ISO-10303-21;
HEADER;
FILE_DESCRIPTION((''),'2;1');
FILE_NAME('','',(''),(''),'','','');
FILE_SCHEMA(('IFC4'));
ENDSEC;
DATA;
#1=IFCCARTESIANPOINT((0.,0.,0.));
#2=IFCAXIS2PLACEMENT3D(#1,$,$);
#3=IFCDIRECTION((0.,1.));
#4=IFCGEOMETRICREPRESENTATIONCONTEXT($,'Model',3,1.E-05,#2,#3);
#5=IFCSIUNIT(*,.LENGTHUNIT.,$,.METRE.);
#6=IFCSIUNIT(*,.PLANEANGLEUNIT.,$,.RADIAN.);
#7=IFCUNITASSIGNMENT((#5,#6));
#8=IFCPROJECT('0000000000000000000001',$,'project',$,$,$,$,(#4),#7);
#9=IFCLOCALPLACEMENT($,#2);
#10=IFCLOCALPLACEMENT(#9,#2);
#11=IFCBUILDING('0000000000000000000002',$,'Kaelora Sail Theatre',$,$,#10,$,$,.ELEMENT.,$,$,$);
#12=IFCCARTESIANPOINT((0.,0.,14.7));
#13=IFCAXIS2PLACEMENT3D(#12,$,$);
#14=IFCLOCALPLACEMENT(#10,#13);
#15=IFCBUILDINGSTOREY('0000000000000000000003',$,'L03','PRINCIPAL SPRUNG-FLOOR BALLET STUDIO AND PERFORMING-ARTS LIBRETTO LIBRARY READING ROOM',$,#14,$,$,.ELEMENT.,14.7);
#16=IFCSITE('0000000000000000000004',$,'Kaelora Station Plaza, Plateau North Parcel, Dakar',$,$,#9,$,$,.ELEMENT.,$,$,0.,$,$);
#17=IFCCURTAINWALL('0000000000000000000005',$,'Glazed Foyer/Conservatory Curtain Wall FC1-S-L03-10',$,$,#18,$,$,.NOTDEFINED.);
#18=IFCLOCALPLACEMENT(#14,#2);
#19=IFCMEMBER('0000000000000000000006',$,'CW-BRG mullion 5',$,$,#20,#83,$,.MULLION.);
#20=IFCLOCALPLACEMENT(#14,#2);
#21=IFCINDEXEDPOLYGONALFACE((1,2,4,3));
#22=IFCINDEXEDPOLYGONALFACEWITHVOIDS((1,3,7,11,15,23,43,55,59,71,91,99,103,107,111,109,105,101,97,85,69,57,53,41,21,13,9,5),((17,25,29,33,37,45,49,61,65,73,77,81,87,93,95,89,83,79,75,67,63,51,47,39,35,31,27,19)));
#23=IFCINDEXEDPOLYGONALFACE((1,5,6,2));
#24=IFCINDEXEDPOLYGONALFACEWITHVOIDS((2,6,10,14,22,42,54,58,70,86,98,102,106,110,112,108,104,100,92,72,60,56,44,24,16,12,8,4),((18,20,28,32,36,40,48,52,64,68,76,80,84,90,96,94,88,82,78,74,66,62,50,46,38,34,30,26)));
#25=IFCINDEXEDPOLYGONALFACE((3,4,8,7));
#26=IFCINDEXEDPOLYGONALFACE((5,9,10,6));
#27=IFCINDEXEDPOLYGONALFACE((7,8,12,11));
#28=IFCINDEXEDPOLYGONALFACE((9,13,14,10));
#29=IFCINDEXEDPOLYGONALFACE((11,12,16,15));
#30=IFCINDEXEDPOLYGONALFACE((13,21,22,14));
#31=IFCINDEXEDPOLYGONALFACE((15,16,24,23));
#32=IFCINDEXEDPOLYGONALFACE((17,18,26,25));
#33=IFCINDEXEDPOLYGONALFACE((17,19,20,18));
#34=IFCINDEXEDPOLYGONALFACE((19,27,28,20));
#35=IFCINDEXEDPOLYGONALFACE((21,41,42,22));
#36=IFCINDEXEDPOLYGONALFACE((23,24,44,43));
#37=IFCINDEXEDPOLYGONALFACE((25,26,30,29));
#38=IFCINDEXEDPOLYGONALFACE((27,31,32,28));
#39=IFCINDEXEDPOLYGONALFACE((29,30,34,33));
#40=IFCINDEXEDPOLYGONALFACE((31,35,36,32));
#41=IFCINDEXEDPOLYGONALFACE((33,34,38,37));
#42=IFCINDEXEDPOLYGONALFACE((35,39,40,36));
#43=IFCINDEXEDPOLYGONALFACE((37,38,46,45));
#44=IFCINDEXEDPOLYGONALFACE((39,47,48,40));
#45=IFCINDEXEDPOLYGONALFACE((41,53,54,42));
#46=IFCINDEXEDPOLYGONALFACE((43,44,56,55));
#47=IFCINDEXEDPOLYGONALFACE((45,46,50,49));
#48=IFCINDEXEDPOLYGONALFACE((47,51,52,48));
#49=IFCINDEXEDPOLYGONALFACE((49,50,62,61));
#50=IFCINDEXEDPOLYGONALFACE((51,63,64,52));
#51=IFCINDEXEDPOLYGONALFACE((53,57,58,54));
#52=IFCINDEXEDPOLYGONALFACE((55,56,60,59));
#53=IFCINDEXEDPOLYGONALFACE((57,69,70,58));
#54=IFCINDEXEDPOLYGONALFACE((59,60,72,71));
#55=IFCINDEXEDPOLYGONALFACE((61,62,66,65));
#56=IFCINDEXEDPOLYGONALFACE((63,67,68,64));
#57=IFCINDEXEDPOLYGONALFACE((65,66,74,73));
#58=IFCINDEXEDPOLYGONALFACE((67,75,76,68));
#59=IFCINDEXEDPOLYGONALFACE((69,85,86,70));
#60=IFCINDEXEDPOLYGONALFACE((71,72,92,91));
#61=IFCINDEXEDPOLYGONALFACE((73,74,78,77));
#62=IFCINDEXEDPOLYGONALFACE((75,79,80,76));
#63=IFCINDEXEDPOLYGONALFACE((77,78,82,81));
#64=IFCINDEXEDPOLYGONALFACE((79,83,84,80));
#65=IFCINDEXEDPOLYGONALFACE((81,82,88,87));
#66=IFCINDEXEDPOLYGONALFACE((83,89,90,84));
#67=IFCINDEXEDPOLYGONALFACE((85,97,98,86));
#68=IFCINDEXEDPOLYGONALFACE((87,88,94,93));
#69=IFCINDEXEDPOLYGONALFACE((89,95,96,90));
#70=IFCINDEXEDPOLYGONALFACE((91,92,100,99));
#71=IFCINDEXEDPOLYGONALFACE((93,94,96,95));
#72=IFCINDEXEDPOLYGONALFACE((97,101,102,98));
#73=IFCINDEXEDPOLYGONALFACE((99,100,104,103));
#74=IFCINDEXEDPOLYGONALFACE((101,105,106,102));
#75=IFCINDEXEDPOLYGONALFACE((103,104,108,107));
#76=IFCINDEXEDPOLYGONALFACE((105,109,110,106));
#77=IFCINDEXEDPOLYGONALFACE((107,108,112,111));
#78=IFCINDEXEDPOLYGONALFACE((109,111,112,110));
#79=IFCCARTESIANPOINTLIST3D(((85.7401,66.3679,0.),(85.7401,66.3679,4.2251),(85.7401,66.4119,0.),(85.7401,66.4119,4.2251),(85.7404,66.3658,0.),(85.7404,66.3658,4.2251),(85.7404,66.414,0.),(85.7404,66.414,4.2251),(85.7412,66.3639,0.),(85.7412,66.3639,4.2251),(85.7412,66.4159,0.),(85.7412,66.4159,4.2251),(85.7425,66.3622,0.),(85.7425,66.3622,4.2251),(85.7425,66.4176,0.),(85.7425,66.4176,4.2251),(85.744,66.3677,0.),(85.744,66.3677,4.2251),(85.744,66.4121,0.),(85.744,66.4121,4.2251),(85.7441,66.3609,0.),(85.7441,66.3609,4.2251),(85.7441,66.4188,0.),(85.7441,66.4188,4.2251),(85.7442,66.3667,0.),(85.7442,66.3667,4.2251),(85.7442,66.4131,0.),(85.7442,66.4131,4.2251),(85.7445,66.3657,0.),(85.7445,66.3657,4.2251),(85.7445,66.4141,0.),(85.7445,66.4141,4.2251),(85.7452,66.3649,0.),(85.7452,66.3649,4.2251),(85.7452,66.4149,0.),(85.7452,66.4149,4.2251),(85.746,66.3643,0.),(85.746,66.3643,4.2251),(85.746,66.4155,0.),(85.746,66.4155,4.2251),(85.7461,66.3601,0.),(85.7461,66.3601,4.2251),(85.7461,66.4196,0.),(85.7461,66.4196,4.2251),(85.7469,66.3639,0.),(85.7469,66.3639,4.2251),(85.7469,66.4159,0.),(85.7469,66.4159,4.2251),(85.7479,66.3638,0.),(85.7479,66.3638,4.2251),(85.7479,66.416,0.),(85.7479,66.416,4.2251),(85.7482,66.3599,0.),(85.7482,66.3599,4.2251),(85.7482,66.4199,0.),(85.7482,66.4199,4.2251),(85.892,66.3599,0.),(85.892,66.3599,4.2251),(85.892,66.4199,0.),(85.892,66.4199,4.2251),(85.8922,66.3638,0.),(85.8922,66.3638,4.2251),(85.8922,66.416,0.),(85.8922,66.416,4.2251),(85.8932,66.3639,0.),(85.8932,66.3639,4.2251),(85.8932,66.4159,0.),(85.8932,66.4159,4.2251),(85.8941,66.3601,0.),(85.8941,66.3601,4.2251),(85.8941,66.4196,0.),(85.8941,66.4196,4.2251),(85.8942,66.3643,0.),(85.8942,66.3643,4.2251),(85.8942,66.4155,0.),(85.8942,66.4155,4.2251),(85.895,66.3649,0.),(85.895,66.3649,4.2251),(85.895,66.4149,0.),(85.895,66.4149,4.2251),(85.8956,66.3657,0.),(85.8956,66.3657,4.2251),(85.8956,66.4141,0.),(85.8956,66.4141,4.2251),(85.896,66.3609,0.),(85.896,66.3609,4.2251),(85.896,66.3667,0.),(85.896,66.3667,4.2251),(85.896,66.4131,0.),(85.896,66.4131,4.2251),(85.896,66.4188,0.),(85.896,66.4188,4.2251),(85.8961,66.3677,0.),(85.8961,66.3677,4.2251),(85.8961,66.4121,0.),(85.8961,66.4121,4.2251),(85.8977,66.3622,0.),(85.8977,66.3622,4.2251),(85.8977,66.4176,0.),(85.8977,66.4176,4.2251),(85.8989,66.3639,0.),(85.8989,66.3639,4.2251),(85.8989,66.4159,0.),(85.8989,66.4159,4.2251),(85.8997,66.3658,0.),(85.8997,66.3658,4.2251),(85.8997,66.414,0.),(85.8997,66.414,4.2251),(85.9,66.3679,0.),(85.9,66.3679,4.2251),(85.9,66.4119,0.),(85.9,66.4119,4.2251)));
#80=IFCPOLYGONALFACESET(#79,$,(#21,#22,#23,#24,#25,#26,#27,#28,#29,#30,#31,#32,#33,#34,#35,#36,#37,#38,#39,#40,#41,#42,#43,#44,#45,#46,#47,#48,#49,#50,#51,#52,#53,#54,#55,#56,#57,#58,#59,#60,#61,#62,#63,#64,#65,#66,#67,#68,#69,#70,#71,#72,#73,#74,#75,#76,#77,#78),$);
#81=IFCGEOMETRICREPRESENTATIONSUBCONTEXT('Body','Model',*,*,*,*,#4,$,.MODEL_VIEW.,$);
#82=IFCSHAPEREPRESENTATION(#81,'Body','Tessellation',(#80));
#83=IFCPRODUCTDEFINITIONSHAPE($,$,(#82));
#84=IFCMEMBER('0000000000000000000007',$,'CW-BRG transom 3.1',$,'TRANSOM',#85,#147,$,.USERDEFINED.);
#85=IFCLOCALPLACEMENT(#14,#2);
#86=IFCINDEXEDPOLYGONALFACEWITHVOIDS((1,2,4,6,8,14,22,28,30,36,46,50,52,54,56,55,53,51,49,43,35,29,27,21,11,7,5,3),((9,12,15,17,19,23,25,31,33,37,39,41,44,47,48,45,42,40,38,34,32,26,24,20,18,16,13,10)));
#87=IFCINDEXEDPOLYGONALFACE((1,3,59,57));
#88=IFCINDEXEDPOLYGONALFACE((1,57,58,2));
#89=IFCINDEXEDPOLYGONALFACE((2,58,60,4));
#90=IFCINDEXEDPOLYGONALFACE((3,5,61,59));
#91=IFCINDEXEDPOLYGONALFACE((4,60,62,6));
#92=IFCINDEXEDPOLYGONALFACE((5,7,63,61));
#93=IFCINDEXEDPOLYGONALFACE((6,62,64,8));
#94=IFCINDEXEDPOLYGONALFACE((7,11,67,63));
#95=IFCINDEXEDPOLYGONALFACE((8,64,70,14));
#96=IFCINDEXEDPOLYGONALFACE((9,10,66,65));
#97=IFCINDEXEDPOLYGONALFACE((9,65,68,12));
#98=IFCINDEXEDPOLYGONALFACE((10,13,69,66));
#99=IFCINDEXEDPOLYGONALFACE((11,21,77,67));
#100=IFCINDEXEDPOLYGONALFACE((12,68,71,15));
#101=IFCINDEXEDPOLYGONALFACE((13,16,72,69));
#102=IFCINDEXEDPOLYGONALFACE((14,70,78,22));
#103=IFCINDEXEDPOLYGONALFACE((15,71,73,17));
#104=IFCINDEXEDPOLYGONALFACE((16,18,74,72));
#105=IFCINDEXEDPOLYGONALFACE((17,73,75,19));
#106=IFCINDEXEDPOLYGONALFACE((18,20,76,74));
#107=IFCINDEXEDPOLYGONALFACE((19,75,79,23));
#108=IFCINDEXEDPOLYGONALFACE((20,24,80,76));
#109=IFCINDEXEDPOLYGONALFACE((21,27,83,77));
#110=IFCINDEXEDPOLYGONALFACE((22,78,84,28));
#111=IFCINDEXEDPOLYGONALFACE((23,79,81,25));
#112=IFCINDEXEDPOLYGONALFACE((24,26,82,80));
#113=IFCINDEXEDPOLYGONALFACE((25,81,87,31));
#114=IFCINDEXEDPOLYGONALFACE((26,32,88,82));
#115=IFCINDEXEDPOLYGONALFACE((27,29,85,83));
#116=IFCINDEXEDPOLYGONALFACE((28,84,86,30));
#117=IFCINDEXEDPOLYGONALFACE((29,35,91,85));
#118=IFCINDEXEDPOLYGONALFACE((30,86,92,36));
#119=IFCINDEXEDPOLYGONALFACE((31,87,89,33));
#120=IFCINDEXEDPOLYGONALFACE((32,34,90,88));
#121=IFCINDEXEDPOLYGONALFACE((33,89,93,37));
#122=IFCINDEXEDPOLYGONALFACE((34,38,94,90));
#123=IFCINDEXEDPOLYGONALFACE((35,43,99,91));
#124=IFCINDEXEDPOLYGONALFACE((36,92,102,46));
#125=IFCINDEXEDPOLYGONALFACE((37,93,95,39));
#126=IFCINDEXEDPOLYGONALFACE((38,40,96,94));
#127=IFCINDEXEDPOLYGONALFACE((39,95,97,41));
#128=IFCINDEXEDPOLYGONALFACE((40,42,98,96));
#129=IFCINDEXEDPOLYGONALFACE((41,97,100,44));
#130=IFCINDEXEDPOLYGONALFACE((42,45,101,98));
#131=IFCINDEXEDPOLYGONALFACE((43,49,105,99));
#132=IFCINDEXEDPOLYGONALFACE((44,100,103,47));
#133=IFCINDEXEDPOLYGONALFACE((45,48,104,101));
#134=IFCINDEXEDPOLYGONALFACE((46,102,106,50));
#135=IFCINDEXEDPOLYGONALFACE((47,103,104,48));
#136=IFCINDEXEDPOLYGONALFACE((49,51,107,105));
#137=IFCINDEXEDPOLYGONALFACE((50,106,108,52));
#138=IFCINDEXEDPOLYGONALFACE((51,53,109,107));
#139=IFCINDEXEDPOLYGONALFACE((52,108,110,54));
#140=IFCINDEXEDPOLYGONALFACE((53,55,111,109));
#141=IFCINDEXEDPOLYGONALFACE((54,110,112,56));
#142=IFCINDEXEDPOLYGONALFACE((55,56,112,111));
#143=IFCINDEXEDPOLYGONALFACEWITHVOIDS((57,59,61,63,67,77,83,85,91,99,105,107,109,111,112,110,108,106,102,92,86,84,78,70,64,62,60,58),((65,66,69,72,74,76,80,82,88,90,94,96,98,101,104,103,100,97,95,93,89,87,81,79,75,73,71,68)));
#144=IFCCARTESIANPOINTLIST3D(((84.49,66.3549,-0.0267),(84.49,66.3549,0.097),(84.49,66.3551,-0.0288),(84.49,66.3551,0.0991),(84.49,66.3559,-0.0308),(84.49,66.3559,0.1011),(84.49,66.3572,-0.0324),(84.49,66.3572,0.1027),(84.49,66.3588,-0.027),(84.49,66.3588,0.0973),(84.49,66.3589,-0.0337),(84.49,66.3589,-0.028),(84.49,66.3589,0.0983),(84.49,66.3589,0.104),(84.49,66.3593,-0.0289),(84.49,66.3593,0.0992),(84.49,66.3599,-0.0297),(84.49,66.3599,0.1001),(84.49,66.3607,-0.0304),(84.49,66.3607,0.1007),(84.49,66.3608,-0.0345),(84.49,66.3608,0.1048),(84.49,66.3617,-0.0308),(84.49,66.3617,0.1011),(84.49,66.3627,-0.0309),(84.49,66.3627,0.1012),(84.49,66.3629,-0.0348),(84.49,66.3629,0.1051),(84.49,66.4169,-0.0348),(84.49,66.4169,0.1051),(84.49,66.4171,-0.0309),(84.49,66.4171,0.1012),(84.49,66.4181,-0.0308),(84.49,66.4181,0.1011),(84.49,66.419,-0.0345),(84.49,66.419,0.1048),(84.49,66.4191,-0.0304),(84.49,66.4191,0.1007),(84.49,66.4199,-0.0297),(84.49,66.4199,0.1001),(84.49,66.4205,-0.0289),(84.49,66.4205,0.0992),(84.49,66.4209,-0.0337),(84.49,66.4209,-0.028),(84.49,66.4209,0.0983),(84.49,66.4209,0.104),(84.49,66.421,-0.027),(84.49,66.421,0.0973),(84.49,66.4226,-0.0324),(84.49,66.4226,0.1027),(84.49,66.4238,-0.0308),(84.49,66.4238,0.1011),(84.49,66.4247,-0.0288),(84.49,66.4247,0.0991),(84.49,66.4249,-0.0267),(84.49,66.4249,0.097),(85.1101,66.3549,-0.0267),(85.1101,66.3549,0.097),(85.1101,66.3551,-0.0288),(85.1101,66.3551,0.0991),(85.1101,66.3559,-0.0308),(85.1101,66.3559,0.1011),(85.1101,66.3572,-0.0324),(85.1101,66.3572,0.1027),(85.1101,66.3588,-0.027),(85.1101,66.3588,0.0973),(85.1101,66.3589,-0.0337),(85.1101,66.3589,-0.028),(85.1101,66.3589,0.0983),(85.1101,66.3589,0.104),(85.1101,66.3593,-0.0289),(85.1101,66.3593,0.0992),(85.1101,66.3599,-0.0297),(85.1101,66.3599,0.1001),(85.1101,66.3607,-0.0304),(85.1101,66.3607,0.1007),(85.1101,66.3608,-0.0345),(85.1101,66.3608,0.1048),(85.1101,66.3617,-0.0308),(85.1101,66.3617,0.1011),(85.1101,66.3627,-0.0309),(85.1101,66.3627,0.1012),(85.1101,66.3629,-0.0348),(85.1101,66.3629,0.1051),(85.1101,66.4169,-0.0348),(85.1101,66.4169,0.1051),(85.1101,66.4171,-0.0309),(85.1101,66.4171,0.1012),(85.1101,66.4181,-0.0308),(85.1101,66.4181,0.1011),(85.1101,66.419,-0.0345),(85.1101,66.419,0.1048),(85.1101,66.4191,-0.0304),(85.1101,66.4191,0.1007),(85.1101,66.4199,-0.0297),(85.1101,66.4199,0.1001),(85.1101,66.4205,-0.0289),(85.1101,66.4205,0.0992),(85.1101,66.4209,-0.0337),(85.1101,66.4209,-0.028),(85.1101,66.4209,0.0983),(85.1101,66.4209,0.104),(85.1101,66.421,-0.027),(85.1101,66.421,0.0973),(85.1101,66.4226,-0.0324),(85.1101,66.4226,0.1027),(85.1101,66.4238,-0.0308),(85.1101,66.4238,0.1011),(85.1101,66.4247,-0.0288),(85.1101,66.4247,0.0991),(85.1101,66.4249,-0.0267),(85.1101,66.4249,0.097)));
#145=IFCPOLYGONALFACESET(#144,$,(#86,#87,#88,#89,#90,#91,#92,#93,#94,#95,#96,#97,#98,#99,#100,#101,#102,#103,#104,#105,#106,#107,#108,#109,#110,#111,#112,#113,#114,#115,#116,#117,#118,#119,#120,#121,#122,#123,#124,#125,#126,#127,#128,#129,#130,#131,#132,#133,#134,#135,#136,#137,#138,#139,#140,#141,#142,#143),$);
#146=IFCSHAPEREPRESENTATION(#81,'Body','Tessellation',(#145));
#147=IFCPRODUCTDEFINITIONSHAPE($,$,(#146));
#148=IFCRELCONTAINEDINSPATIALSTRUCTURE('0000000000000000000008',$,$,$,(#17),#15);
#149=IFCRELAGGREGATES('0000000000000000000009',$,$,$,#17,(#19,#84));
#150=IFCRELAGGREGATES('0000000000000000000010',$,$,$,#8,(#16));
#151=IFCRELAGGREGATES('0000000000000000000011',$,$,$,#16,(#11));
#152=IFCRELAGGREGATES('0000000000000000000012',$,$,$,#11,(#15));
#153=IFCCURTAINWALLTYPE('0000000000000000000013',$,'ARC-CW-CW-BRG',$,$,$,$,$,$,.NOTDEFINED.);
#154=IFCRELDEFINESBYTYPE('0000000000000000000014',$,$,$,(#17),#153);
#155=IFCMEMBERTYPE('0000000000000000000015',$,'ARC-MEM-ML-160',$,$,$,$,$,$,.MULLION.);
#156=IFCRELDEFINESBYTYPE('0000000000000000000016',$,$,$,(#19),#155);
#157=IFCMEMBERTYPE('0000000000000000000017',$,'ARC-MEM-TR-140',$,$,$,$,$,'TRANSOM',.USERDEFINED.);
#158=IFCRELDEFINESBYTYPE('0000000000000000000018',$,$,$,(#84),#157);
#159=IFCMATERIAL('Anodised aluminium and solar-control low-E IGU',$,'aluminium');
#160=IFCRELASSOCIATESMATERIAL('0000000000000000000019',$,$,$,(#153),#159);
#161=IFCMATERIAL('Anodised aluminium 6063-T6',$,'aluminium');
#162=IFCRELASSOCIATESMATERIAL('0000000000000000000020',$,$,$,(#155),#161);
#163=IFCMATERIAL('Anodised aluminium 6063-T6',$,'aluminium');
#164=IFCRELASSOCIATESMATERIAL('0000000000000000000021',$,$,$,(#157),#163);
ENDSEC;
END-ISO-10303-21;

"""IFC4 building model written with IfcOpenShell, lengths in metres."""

from ifc_helpers import new_model, si_unit, direction, frame, origin, origin_2d, place, context, subcontext, project, spatial, hollow_rectangle, extrude, material, material_profile, profile_set, type_object, element, aggregate, save


model = new_model("IFC4")

# Units and contexts
model_context = context("Model", 3, precision=1e-05, world=origin(), true_north=direction((0.0, 1.0)))
body_context = subcontext(model_context, "Body", "Model", "MODEL_VIEW")
ifc_project = project(units=[si_unit("LENGTHUNIT", "METRE"), si_unit("PLANEANGLEUNIT", "RADIAN")], contexts=[model_context])

# Site, building, storey
site_placement = place(None, origin())
site = spatial("IfcSite", under=ifc_project, at=site_placement, Name="Kaelora Station Plaza, Plateau North Parcel, Dakar", CompositionType="ELEMENT", RefElevation=0.0)
building_placement = place(site_placement, origin())
building = spatial("IfcBuilding", under=site, at=building_placement, Name="Kaelora Sail Theatre", CompositionType="ELEMENT")
storey_placement = place(building_placement, frame((0.0, 0.0, 14.7)))
storey = spatial("IfcBuildingStorey", under=building, at=storey_placement, Name="L03", Description="PRINCIPAL SPRUNG-FLOOR BALLET STUDIO AND PERFORMING-ARTS LIBRETTO LIBRARY READING ROOM", CompositionType="ELEMENT", Elevation=14.7)

# Curtain wall, members
ifc_material_1 = material(Name="Anodised aluminium and solar-control low-E IGU", Category="aluminium")
curtain_wall_type = type_object("IfcCurtainWallType", Name="ARC-CW-CW-BRG", PredefinedType="NOTDEFINED", material=ifc_material_1)
curtain_wall_placement = place(storey_placement, origin())
curtain_wall = element("IfcCurtainWall", 1, at=curtain_wall_placement, inside=storey, type_object=curtain_wall_type, Name="Glazed Foyer/Conservatory Curtain Wall FC1-S-L03-10", PredefinedType="NOTDEFINED")
ifc_material_2 = material(Name="Anodised aluminium 6063-T6", Category="aluminium")
ifc_material_profile_1 = material_profile(ifc_material_2, hollow_rectangle(XDim=0.0601, YDim=0.1599, WallThickness=0.0039, InnerFilletRadius=0.0039, OuterFilletRadius=0.0081, at=origin_2d()), Name="ALU-MULL 60x160x4")
ifc_profile_set_1 = profile_set([ifc_material_profile_1], Name="Anodised aluminium 6063-T6")
member_type_1 = type_object("IfcMemberType", Name="ARC-MEM-ML-160", PredefinedType="MULLION", material=ifc_profile_set_1)
member_1_placement = place(storey_placement, frame((85.8201, 66.3899, 0.0), z_axis=(0.0, 0.0, 1.0), x_axis=(0.0, 1.0, 0.0)))
member_1 = element("IfcMember", 2, at=member_1_placement, type_object=member_type_1, Name="CW-BRG mullion 5", PredefinedType="MULLION", context=body_context, shape_type="SweptSolid", body=[
    extrude(hollow_rectangle(XDim=0.0601, YDim=0.1599, WallThickness=0.0039, InnerFilletRadius=0.0039, OuterFilletRadius=0.0081, at=origin_2d()), origin(), (0.0, 0.0, 1.0), 4.2251),
])
ifc_material_3 = material(Name="Anodised aluminium 6063-T6", Category="aluminium")
ifc_material_profile_2 = material_profile(ifc_material_3, hollow_rectangle(XDim=0.0701, YDim=0.1399, WallThickness=0.0039, InnerFilletRadius=0.0039, OuterFilletRadius=0.0081, at=origin_2d()), Name="ALU-TRAN 70x140x4")
ifc_profile_set_2 = profile_set([ifc_material_profile_2], Name="Anodised aluminium 6063-T6")
member_type_2 = type_object("IfcMemberType", Name="ARC-MEM-TR-140", ElementType="TRANSOM", PredefinedType="USERDEFINED", material=ifc_profile_set_2)
member_2_placement = place(storey_placement, frame((84.49, 66.3899, 0.0352), z_axis=(1.0, 0.0, 0.0), x_axis=(0.0, 1.0, 0.0)))
member_2 = element("IfcMember", 3, at=member_2_placement, type_object=member_type_2, Name="CW-BRG transom 3.1", ObjectType="TRANSOM", PredefinedType="USERDEFINED", context=body_context, shape_type="SweptSolid", body=[
    extrude(hollow_rectangle(XDim=0.0701, YDim=0.1399, WallThickness=0.0039, InnerFilletRadius=0.0039, OuterFilletRadius=0.0081, at=origin_2d()), origin(), (0.0, 0.0, 1.0), 0.6201),
])
aggregate(curtain_wall, [member_1, member_2])

save(model, "model.ifc")
